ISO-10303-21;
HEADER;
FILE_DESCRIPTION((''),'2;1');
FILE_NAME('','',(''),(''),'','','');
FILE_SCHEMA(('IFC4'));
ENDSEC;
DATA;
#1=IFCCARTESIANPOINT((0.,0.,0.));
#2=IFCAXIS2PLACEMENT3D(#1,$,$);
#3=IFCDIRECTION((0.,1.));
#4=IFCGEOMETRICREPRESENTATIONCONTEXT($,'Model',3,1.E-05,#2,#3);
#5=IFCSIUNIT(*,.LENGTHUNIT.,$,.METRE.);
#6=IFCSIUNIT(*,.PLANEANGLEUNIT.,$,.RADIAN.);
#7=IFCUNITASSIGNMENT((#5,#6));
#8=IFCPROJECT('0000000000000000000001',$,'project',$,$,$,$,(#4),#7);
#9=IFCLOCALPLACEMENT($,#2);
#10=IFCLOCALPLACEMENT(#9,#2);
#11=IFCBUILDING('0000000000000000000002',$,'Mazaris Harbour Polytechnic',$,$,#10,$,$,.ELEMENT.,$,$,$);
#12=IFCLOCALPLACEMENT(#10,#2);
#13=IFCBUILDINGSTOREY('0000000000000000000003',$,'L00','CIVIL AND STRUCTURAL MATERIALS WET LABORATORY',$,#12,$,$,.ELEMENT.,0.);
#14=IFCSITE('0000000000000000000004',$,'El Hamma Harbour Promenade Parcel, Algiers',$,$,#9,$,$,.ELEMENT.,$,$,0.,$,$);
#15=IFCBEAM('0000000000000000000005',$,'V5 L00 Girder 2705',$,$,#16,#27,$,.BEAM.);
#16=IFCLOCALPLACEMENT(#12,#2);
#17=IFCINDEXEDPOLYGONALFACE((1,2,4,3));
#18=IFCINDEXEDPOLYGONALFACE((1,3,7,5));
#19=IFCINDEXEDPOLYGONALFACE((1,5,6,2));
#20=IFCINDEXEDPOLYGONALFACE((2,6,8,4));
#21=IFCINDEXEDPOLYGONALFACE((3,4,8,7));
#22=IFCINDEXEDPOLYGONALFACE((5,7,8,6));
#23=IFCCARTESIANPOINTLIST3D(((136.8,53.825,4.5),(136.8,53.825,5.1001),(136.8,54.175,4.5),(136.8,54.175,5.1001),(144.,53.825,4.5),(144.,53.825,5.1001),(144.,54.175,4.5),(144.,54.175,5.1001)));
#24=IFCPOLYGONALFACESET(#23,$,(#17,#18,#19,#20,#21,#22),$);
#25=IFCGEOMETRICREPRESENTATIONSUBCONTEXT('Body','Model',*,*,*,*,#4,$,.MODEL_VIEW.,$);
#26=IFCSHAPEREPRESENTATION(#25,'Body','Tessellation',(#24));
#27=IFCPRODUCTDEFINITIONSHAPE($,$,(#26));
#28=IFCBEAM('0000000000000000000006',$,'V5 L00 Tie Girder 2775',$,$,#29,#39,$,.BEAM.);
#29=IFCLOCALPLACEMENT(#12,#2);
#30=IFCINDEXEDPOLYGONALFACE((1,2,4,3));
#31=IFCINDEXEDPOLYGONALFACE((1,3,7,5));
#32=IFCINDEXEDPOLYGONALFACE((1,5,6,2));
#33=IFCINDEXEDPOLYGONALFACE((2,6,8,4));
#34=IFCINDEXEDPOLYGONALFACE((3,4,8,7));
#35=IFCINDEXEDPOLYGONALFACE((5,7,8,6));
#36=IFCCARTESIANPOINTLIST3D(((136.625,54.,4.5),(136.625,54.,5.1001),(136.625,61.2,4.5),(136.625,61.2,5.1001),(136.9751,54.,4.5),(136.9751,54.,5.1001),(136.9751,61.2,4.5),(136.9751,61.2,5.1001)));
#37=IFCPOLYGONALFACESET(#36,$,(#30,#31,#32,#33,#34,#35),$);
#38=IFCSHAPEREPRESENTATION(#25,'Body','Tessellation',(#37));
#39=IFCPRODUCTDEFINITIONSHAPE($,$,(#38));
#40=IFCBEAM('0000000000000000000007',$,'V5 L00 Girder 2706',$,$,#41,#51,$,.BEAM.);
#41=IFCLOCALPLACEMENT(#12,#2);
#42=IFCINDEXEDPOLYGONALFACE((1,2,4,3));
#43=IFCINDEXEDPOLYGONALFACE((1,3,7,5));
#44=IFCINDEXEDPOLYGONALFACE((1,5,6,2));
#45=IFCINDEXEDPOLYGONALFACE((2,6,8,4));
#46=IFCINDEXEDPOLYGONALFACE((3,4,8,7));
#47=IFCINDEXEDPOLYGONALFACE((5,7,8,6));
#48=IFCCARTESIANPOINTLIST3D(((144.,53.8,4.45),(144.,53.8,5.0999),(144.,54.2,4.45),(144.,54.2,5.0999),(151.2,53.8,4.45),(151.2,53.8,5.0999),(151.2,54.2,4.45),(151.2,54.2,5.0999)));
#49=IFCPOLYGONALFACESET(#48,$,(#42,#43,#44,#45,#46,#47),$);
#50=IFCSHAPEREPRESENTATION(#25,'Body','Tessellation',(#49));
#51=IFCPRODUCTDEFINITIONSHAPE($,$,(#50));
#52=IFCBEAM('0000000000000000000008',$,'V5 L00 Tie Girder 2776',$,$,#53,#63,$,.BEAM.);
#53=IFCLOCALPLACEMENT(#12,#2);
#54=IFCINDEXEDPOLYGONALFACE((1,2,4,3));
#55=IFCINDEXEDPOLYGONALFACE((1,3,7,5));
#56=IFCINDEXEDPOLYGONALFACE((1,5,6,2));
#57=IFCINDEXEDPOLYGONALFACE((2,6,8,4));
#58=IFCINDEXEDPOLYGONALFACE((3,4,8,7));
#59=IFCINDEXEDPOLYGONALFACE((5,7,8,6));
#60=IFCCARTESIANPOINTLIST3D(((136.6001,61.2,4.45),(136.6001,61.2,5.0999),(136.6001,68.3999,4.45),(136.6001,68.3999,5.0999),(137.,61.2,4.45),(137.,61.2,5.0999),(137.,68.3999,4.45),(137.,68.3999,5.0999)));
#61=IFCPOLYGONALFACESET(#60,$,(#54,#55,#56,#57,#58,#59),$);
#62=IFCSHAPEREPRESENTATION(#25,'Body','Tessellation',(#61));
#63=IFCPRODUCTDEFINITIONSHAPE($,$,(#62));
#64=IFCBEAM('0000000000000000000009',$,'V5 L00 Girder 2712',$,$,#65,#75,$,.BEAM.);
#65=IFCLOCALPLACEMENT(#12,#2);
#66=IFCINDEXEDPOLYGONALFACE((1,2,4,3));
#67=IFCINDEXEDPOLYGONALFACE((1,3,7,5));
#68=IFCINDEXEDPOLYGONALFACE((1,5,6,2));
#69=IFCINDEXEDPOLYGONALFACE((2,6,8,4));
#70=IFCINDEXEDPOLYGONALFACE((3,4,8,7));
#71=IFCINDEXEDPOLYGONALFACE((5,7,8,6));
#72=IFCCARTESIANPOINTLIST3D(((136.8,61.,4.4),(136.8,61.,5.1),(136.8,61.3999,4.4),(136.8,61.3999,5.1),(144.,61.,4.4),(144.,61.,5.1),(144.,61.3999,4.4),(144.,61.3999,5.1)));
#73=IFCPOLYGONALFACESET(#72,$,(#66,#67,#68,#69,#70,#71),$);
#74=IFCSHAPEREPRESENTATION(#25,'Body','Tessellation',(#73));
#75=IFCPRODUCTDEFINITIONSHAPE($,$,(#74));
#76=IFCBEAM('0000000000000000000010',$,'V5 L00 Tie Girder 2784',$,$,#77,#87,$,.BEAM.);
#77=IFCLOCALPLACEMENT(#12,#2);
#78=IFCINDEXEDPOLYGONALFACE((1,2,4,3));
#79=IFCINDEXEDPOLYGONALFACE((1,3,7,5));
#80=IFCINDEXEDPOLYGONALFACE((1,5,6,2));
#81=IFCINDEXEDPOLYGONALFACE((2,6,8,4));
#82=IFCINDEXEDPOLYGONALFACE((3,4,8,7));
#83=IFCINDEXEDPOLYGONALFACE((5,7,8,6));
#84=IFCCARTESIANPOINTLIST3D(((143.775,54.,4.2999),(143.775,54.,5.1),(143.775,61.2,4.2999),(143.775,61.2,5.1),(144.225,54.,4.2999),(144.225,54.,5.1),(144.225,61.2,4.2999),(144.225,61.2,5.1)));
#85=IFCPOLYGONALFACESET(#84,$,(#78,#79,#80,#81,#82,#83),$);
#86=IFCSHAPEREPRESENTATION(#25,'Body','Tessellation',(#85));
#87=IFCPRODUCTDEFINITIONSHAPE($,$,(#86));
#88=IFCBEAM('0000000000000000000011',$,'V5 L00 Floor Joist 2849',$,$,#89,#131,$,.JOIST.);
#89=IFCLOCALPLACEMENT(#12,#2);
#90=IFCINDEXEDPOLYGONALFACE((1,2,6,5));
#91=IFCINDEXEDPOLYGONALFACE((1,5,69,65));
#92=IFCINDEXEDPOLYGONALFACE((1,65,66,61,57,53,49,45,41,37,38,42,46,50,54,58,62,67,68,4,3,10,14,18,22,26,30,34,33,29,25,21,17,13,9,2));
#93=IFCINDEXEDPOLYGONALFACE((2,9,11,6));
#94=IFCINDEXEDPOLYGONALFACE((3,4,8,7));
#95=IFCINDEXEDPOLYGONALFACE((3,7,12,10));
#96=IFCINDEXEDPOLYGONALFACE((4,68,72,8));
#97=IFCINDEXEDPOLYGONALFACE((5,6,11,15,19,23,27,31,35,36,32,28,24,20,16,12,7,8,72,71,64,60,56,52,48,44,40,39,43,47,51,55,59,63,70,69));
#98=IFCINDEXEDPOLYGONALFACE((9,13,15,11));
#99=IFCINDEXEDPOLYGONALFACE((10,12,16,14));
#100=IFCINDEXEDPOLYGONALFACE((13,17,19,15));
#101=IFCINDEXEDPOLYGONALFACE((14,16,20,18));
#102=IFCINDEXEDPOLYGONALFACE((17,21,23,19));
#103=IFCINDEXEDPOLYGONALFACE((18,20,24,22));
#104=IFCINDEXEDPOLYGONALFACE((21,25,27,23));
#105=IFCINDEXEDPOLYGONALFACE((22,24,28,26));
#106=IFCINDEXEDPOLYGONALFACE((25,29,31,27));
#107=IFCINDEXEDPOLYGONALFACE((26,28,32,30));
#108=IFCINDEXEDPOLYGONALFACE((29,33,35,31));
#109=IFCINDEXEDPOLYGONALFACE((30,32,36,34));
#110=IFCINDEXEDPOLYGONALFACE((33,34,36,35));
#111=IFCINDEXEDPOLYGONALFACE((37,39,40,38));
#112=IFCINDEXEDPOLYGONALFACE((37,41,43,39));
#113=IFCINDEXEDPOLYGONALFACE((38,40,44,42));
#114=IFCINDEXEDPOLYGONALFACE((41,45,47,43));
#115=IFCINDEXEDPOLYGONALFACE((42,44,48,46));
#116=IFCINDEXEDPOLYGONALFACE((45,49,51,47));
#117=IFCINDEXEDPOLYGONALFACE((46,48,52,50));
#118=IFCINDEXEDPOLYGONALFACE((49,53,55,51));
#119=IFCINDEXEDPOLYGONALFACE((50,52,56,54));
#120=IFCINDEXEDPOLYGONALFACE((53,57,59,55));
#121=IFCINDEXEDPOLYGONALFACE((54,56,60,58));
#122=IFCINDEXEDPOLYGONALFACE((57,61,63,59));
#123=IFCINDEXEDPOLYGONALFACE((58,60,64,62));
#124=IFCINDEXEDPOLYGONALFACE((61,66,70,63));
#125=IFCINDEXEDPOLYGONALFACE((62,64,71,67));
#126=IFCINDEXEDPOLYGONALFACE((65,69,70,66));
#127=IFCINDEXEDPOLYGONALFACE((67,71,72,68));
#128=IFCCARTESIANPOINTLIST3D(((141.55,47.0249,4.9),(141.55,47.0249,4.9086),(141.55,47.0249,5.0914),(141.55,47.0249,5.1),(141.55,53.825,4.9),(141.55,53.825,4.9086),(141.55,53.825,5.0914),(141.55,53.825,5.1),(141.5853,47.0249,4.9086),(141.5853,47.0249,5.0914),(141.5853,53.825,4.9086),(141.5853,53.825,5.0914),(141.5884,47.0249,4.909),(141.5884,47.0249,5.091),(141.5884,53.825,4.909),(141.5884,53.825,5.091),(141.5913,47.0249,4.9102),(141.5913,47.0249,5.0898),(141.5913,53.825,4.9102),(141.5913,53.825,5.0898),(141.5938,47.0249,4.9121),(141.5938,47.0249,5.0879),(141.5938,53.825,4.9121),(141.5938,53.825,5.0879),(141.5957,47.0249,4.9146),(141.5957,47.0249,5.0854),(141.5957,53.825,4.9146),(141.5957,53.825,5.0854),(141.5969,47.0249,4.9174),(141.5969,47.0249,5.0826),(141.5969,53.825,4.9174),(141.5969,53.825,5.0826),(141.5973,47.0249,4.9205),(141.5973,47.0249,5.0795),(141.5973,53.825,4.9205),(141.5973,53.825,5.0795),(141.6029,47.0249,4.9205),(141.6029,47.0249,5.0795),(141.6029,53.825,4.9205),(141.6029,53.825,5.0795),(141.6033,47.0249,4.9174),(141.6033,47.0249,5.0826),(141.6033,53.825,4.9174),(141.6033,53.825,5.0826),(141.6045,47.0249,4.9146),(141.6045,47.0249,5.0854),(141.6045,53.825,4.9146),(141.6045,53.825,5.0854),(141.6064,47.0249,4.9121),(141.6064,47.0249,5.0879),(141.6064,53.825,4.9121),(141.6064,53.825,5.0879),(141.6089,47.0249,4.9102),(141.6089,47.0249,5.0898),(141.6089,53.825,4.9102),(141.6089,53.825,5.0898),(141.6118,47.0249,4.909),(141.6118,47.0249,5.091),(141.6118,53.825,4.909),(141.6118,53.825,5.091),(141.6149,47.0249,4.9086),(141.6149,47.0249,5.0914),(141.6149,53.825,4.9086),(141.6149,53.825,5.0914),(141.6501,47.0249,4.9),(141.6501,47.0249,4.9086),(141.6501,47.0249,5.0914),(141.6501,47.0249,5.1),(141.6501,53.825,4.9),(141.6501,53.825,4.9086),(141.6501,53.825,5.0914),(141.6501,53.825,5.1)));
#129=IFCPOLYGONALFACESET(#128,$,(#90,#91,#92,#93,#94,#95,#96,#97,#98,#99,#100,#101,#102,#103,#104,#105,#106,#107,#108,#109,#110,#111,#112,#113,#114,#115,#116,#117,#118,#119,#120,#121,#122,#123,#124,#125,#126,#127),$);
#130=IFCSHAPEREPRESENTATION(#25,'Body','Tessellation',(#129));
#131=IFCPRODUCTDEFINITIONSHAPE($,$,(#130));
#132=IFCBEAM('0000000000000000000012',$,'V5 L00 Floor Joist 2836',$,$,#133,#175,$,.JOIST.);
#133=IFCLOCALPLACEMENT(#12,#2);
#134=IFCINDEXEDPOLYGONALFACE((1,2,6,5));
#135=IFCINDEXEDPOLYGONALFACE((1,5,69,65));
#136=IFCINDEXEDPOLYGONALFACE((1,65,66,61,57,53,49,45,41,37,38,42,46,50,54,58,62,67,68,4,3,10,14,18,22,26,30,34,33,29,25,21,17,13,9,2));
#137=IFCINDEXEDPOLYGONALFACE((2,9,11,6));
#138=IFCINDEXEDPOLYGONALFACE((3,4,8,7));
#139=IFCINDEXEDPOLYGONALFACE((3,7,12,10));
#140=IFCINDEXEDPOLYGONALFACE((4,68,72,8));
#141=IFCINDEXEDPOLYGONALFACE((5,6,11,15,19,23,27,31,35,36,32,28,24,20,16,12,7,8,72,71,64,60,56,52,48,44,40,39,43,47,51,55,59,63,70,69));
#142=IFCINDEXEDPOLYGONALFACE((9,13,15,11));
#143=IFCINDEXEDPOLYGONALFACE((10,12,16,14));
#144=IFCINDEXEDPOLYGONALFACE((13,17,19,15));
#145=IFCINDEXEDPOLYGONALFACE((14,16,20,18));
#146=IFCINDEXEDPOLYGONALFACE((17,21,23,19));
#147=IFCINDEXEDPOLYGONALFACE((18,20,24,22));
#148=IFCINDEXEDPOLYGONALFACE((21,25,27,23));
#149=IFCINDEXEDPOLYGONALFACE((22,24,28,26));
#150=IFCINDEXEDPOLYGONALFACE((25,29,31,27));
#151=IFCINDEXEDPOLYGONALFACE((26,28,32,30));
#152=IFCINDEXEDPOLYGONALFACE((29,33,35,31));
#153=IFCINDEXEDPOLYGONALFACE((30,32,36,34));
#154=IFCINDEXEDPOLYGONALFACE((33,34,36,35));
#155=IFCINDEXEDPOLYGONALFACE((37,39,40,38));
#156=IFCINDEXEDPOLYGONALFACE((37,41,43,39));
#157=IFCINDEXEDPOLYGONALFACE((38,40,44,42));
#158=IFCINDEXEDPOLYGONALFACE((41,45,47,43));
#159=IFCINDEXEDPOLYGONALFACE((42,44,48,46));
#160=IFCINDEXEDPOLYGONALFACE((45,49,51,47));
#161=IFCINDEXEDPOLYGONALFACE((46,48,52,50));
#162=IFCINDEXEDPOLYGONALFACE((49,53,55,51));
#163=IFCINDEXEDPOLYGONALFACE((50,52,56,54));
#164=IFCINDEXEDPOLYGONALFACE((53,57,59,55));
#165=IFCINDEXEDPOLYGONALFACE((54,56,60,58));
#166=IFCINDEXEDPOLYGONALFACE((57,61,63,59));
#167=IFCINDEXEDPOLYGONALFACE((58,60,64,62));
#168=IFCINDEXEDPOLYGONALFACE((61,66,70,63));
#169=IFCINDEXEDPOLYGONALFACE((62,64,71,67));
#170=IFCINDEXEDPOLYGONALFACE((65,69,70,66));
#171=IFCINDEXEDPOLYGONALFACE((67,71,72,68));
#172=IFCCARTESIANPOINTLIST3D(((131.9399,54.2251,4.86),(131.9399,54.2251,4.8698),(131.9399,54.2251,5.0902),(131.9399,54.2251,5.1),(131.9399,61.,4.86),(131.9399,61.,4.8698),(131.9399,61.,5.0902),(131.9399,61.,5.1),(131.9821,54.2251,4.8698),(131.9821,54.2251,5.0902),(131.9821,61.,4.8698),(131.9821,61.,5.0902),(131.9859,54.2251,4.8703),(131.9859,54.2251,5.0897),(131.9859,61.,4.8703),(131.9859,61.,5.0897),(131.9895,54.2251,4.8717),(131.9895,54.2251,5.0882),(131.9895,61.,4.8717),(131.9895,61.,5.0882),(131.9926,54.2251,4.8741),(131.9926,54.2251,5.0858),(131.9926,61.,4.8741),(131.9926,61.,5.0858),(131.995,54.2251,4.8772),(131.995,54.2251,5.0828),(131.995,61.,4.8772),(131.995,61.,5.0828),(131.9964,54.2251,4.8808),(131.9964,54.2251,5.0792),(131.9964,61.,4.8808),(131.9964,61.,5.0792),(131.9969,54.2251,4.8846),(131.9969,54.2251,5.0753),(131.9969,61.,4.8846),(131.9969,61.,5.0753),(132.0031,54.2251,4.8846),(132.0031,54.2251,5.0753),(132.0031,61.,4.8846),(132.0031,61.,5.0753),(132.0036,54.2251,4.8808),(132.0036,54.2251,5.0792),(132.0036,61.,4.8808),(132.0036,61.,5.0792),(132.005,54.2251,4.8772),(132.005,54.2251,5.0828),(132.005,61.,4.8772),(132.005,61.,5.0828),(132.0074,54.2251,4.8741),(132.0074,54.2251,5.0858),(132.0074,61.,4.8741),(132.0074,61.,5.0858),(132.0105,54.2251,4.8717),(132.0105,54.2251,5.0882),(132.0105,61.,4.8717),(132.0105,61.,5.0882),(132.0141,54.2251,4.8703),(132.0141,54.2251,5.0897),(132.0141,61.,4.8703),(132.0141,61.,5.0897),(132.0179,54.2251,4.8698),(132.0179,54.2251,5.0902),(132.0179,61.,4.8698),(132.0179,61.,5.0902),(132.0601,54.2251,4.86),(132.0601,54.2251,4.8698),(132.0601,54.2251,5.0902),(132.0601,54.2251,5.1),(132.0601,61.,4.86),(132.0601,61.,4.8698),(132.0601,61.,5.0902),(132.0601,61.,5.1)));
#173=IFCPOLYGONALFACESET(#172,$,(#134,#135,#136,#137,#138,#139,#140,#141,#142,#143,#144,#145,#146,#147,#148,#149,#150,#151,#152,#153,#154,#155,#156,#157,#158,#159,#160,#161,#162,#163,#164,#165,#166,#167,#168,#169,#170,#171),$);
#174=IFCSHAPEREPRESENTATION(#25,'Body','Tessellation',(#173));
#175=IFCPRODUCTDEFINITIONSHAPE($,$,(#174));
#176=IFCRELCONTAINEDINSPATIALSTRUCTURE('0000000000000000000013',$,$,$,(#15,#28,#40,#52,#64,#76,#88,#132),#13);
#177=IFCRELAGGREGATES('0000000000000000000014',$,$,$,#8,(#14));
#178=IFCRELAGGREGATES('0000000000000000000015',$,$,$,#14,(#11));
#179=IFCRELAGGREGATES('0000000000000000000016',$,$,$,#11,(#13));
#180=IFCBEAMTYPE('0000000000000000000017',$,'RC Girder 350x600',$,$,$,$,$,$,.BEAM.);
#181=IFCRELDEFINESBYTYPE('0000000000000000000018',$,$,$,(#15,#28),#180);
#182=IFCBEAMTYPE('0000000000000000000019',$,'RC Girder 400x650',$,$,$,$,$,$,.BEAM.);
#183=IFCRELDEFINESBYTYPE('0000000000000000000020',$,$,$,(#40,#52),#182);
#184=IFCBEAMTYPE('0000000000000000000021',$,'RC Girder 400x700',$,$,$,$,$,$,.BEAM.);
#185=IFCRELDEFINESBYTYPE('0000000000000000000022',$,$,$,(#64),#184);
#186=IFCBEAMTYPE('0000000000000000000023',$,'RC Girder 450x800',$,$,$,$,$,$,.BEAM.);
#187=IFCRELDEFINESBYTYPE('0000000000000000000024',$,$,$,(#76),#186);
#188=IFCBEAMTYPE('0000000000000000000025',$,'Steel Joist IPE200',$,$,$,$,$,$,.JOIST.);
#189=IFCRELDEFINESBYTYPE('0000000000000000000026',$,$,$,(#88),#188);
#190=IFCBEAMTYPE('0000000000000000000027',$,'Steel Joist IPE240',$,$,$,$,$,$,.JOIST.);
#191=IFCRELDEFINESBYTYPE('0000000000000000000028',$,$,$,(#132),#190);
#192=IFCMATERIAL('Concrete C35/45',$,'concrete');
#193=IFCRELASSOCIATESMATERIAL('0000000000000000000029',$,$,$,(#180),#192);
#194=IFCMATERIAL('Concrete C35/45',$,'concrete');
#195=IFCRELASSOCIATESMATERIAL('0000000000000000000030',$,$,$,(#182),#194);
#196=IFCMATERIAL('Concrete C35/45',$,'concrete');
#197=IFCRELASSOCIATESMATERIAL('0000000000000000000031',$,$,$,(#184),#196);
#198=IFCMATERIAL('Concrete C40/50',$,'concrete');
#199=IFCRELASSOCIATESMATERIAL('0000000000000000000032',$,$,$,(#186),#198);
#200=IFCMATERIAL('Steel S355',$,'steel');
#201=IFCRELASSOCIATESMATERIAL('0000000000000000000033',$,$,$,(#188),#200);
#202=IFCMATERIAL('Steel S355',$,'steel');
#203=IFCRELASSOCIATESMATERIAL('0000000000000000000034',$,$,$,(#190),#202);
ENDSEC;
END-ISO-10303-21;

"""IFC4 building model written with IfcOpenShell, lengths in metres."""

from ifc_helpers import new_model, si_unit, direction, frame, origin, origin_2d, place, context, subcontext, project, spatial, rectangle, i_section, extrude, material, material_profile, profile_set, type_object, element, save


model = new_model("IFC4")

# Units and contexts
model_context = context("Model", 3, precision=1e-05, world=origin(), true_north=direction((0.0, 1.0)))
body_context = subcontext(model_context, "Body", "Model", "MODEL_VIEW")
ifc_project = project(units=[si_unit("LENGTHUNIT", "METRE"), si_unit("PLANEANGLEUNIT", "RADIAN")], contexts=[model_context])

# Site, building, storey
site_placement = place(None, origin())
site = spatial("IfcSite", under=ifc_project, at=site_placement, Name="El Hamma Harbour Promenade Parcel, Algiers", CompositionType="ELEMENT", RefElevation=0.0)
building_placement = place(site_placement, origin())
building = spatial("IfcBuilding", under=site, at=building_placement, Name="Mazaris Harbour Polytechnic", CompositionType="ELEMENT")
storey_placement = place(building_placement, origin())
storey = spatial("IfcBuildingStorey", under=building, at=storey_placement, Name="L00", Description="CIVIL AND STRUCTURAL MATERIALS WET LABORATORY", CompositionType="ELEMENT", Elevation=0.0)

# Beams
ifc_material_1 = material(Name="Concrete C35/45", Category="concrete")
ifc_material_profile_1 = material_profile(ifc_material_1, rectangle(XDim=0.3501, YDim=0.6001, at=origin_2d()), Name="RECT350x600")
ifc_profile_set_1 = profile_set([ifc_material_profile_1], Name="Concrete C35/45")
beam_type_1 = type_object("IfcBeamType", Name="RC Girder 350x600", PredefinedType="BEAM", material=ifc_profile_set_1)
for number, where, z_axis, x_axis, name in (
    (1, (136.8, 54.0, 4.8), (1.0, 0.0, 0.0), (0.0, 1.0, 0.0), "V5 L00 Girder 2705"),
    (2, (136.8, 54.0, 4.8), (0.0, 1.0, 0.0), (-1.0, 0.0, 0.0), "V5 L00 Tie Girder 2775"),
):
    element("IfcBeam", number, at=place(storey_placement, frame(where, z_axis=z_axis, x_axis=x_axis)), inside=storey, type_object=beam_type_1, Name=name, PredefinedType="BEAM", context=body_context, shape_type="SweptSolid", body=[
        extrude(rectangle(XDim=0.3501, YDim=0.6001, at=origin_2d()), origin(), (0.0, 0.0, 1.0), 7.2),
    ])
ifc_material_2 = material(Name="Concrete C35/45", Category="concrete")
ifc_material_profile_2 = material_profile(ifc_material_2, rectangle(XDim=0.3999, YDim=0.6499, at=origin_2d()), Name="RECT400x650")
ifc_profile_set_2 = profile_set([ifc_material_profile_2], Name="Concrete C35/45")
beam_type_2 = type_object("IfcBeamType", Name="RC Girder 400x650", PredefinedType="BEAM", material=ifc_profile_set_2)
for number, where, z_axis, x_axis, name in (
    (3, (144.0, 54.0, 4.7749), (1.0, 0.0, 0.0), (0.0, 1.0, 0.0), "V5 L00 Girder 2706"),
    (4, (136.8, 61.2, 4.7749), (0.0, 1.0, 0.0), (-1.0, 0.0, 0.0), "V5 L00 Tie Girder 2776"),
):
    element("IfcBeam", number, at=place(storey_placement, frame(where, z_axis=z_axis, x_axis=x_axis)), inside=storey, type_object=beam_type_2, Name=name, PredefinedType="BEAM", context=body_context, shape_type="SweptSolid", body=[
        extrude(rectangle(XDim=0.3999, YDim=0.6499, at=origin_2d()), origin(), (0.0, 0.0, 1.0), 7.2),
    ])
ifc_material_3 = material(Name="Concrete C35/45", Category="concrete")
ifc_material_profile_3 = material_profile(ifc_material_3, rectangle(XDim=0.3999, YDim=0.7, at=origin_2d()), Name="RECT400x700")
ifc_profile_set_3 = profile_set([ifc_material_profile_3], Name="Concrete C35/45")
beam_type_3 = type_object("IfcBeamType", Name="RC Girder 400x700", PredefinedType="BEAM", material=ifc_profile_set_3)
beam_1_placement = place(storey_placement, frame((136.8, 61.2, 4.75), z_axis=(1.0, 0.0, 0.0), x_axis=(0.0, 1.0, 0.0)))
element("IfcBeam", 5, at=beam_1_placement, inside=storey, type_object=beam_type_3, Name="V5 L00 Girder 2712", PredefinedType="BEAM", context=body_context, shape_type="SweptSolid", body=[
    extrude(rectangle(XDim=0.3999, YDim=0.7, at=origin_2d()), origin(), (0.0, 0.0, 1.0), 7.2),
])
ifc_material_4 = material(Name="Concrete C40/50", Category="concrete")
ifc_material_profile_4 = material_profile(ifc_material_4, rectangle(XDim=0.45, YDim=0.8, at=origin_2d()), Name="RECT450x800")
ifc_profile_set_4 = profile_set([ifc_material_profile_4], Name="Concrete C40/50")
beam_type_4 = type_object("IfcBeamType", Name="RC Girder 450x800", PredefinedType="BEAM", material=ifc_profile_set_4)
beam_2_placement = place(storey_placement, frame((144.0, 54.0, 4.7), z_axis=(0.0, 1.0, 0.0), x_axis=(-1.0, 0.0, 0.0)))
element("IfcBeam", 6, at=beam_2_placement, inside=storey, type_object=beam_type_4, Name="V5 L00 Tie Girder 2784", PredefinedType="BEAM", context=body_context, shape_type="SweptSolid", body=[
    extrude(rectangle(XDim=0.45, YDim=0.8, at=origin_2d()), origin(), (0.0, 0.0, 1.0), 7.2),
])
ifc_material_5 = material(Name="Steel S355", Category="steel")
ifc_material_profile_5 = material_profile(ifc_material_5, i_section(OverallWidth=0.1001, OverallDepth=0.2, WebThickness=0.0056, FlangeThickness=0.0085, FilletRadius=0.012, at=origin_2d()), Name="IPE 200")
ifc_profile_set_5 = profile_set([ifc_material_profile_5], Name="Steel S355")
beam_type_5 = type_object("IfcBeamType", Name="Steel Joist IPE200", PredefinedType="JOIST", material=ifc_profile_set_5)
beam_3_placement = place(storey_placement, frame((141.6001, 47.0249, 5.0), z_axis=(0.0, 1.0, 0.0), x_axis=(-1.0, 0.0, 0.0)))
element("IfcBeam", 7, at=beam_3_placement, inside=storey, type_object=beam_type_5, Name="V5 L00 Floor Joist 2849", PredefinedType="JOIST", context=body_context, shape_type="SweptSolid", body=[
    extrude(i_section(OverallWidth=0.1001, OverallDepth=0.2, WebThickness=0.0056, FlangeThickness=0.0085, FilletRadius=0.012, at=origin_2d()), origin(), (0.0, 0.0, 1.0), 6.8),
])
ifc_material_6 = material(Name="Steel S355", Category="steel")
ifc_material_profile_6 = material_profile(ifc_material_6, i_section(OverallWidth=0.1201, OverallDepth=0.24, WebThickness=0.0061, FlangeThickness=0.0098, FilletRadius=0.0149, at=origin_2d()), Name="IPE 240")
ifc_profile_set_6 = profile_set([ifc_material_profile_6], Name="Steel S355")
beam_type_6 = type_object("IfcBeamType", Name="Steel Joist IPE240", PredefinedType="JOIST", material=ifc_profile_set_6)
beam_4_placement = place(storey_placement, frame((132.0, 54.2251, 4.98), z_axis=(0.0, 1.0, 0.0), x_axis=(-1.0, 0.0, 0.0)))
element("IfcBeam", 8, at=beam_4_placement, inside=storey, type_object=beam_type_6, Name="V5 L00 Floor Joist 2836", PredefinedType="JOIST", context=body_context, shape_type="SweptSolid", body=[
    extrude(i_section(OverallWidth=0.1201, OverallDepth=0.24, WebThickness=0.0061, FlangeThickness=0.0098, FilletRadius=0.0149, at=origin_2d()), origin(), (0.0, 0.0, 1.0), 6.7749),
])

save(model, "model.ifc")
